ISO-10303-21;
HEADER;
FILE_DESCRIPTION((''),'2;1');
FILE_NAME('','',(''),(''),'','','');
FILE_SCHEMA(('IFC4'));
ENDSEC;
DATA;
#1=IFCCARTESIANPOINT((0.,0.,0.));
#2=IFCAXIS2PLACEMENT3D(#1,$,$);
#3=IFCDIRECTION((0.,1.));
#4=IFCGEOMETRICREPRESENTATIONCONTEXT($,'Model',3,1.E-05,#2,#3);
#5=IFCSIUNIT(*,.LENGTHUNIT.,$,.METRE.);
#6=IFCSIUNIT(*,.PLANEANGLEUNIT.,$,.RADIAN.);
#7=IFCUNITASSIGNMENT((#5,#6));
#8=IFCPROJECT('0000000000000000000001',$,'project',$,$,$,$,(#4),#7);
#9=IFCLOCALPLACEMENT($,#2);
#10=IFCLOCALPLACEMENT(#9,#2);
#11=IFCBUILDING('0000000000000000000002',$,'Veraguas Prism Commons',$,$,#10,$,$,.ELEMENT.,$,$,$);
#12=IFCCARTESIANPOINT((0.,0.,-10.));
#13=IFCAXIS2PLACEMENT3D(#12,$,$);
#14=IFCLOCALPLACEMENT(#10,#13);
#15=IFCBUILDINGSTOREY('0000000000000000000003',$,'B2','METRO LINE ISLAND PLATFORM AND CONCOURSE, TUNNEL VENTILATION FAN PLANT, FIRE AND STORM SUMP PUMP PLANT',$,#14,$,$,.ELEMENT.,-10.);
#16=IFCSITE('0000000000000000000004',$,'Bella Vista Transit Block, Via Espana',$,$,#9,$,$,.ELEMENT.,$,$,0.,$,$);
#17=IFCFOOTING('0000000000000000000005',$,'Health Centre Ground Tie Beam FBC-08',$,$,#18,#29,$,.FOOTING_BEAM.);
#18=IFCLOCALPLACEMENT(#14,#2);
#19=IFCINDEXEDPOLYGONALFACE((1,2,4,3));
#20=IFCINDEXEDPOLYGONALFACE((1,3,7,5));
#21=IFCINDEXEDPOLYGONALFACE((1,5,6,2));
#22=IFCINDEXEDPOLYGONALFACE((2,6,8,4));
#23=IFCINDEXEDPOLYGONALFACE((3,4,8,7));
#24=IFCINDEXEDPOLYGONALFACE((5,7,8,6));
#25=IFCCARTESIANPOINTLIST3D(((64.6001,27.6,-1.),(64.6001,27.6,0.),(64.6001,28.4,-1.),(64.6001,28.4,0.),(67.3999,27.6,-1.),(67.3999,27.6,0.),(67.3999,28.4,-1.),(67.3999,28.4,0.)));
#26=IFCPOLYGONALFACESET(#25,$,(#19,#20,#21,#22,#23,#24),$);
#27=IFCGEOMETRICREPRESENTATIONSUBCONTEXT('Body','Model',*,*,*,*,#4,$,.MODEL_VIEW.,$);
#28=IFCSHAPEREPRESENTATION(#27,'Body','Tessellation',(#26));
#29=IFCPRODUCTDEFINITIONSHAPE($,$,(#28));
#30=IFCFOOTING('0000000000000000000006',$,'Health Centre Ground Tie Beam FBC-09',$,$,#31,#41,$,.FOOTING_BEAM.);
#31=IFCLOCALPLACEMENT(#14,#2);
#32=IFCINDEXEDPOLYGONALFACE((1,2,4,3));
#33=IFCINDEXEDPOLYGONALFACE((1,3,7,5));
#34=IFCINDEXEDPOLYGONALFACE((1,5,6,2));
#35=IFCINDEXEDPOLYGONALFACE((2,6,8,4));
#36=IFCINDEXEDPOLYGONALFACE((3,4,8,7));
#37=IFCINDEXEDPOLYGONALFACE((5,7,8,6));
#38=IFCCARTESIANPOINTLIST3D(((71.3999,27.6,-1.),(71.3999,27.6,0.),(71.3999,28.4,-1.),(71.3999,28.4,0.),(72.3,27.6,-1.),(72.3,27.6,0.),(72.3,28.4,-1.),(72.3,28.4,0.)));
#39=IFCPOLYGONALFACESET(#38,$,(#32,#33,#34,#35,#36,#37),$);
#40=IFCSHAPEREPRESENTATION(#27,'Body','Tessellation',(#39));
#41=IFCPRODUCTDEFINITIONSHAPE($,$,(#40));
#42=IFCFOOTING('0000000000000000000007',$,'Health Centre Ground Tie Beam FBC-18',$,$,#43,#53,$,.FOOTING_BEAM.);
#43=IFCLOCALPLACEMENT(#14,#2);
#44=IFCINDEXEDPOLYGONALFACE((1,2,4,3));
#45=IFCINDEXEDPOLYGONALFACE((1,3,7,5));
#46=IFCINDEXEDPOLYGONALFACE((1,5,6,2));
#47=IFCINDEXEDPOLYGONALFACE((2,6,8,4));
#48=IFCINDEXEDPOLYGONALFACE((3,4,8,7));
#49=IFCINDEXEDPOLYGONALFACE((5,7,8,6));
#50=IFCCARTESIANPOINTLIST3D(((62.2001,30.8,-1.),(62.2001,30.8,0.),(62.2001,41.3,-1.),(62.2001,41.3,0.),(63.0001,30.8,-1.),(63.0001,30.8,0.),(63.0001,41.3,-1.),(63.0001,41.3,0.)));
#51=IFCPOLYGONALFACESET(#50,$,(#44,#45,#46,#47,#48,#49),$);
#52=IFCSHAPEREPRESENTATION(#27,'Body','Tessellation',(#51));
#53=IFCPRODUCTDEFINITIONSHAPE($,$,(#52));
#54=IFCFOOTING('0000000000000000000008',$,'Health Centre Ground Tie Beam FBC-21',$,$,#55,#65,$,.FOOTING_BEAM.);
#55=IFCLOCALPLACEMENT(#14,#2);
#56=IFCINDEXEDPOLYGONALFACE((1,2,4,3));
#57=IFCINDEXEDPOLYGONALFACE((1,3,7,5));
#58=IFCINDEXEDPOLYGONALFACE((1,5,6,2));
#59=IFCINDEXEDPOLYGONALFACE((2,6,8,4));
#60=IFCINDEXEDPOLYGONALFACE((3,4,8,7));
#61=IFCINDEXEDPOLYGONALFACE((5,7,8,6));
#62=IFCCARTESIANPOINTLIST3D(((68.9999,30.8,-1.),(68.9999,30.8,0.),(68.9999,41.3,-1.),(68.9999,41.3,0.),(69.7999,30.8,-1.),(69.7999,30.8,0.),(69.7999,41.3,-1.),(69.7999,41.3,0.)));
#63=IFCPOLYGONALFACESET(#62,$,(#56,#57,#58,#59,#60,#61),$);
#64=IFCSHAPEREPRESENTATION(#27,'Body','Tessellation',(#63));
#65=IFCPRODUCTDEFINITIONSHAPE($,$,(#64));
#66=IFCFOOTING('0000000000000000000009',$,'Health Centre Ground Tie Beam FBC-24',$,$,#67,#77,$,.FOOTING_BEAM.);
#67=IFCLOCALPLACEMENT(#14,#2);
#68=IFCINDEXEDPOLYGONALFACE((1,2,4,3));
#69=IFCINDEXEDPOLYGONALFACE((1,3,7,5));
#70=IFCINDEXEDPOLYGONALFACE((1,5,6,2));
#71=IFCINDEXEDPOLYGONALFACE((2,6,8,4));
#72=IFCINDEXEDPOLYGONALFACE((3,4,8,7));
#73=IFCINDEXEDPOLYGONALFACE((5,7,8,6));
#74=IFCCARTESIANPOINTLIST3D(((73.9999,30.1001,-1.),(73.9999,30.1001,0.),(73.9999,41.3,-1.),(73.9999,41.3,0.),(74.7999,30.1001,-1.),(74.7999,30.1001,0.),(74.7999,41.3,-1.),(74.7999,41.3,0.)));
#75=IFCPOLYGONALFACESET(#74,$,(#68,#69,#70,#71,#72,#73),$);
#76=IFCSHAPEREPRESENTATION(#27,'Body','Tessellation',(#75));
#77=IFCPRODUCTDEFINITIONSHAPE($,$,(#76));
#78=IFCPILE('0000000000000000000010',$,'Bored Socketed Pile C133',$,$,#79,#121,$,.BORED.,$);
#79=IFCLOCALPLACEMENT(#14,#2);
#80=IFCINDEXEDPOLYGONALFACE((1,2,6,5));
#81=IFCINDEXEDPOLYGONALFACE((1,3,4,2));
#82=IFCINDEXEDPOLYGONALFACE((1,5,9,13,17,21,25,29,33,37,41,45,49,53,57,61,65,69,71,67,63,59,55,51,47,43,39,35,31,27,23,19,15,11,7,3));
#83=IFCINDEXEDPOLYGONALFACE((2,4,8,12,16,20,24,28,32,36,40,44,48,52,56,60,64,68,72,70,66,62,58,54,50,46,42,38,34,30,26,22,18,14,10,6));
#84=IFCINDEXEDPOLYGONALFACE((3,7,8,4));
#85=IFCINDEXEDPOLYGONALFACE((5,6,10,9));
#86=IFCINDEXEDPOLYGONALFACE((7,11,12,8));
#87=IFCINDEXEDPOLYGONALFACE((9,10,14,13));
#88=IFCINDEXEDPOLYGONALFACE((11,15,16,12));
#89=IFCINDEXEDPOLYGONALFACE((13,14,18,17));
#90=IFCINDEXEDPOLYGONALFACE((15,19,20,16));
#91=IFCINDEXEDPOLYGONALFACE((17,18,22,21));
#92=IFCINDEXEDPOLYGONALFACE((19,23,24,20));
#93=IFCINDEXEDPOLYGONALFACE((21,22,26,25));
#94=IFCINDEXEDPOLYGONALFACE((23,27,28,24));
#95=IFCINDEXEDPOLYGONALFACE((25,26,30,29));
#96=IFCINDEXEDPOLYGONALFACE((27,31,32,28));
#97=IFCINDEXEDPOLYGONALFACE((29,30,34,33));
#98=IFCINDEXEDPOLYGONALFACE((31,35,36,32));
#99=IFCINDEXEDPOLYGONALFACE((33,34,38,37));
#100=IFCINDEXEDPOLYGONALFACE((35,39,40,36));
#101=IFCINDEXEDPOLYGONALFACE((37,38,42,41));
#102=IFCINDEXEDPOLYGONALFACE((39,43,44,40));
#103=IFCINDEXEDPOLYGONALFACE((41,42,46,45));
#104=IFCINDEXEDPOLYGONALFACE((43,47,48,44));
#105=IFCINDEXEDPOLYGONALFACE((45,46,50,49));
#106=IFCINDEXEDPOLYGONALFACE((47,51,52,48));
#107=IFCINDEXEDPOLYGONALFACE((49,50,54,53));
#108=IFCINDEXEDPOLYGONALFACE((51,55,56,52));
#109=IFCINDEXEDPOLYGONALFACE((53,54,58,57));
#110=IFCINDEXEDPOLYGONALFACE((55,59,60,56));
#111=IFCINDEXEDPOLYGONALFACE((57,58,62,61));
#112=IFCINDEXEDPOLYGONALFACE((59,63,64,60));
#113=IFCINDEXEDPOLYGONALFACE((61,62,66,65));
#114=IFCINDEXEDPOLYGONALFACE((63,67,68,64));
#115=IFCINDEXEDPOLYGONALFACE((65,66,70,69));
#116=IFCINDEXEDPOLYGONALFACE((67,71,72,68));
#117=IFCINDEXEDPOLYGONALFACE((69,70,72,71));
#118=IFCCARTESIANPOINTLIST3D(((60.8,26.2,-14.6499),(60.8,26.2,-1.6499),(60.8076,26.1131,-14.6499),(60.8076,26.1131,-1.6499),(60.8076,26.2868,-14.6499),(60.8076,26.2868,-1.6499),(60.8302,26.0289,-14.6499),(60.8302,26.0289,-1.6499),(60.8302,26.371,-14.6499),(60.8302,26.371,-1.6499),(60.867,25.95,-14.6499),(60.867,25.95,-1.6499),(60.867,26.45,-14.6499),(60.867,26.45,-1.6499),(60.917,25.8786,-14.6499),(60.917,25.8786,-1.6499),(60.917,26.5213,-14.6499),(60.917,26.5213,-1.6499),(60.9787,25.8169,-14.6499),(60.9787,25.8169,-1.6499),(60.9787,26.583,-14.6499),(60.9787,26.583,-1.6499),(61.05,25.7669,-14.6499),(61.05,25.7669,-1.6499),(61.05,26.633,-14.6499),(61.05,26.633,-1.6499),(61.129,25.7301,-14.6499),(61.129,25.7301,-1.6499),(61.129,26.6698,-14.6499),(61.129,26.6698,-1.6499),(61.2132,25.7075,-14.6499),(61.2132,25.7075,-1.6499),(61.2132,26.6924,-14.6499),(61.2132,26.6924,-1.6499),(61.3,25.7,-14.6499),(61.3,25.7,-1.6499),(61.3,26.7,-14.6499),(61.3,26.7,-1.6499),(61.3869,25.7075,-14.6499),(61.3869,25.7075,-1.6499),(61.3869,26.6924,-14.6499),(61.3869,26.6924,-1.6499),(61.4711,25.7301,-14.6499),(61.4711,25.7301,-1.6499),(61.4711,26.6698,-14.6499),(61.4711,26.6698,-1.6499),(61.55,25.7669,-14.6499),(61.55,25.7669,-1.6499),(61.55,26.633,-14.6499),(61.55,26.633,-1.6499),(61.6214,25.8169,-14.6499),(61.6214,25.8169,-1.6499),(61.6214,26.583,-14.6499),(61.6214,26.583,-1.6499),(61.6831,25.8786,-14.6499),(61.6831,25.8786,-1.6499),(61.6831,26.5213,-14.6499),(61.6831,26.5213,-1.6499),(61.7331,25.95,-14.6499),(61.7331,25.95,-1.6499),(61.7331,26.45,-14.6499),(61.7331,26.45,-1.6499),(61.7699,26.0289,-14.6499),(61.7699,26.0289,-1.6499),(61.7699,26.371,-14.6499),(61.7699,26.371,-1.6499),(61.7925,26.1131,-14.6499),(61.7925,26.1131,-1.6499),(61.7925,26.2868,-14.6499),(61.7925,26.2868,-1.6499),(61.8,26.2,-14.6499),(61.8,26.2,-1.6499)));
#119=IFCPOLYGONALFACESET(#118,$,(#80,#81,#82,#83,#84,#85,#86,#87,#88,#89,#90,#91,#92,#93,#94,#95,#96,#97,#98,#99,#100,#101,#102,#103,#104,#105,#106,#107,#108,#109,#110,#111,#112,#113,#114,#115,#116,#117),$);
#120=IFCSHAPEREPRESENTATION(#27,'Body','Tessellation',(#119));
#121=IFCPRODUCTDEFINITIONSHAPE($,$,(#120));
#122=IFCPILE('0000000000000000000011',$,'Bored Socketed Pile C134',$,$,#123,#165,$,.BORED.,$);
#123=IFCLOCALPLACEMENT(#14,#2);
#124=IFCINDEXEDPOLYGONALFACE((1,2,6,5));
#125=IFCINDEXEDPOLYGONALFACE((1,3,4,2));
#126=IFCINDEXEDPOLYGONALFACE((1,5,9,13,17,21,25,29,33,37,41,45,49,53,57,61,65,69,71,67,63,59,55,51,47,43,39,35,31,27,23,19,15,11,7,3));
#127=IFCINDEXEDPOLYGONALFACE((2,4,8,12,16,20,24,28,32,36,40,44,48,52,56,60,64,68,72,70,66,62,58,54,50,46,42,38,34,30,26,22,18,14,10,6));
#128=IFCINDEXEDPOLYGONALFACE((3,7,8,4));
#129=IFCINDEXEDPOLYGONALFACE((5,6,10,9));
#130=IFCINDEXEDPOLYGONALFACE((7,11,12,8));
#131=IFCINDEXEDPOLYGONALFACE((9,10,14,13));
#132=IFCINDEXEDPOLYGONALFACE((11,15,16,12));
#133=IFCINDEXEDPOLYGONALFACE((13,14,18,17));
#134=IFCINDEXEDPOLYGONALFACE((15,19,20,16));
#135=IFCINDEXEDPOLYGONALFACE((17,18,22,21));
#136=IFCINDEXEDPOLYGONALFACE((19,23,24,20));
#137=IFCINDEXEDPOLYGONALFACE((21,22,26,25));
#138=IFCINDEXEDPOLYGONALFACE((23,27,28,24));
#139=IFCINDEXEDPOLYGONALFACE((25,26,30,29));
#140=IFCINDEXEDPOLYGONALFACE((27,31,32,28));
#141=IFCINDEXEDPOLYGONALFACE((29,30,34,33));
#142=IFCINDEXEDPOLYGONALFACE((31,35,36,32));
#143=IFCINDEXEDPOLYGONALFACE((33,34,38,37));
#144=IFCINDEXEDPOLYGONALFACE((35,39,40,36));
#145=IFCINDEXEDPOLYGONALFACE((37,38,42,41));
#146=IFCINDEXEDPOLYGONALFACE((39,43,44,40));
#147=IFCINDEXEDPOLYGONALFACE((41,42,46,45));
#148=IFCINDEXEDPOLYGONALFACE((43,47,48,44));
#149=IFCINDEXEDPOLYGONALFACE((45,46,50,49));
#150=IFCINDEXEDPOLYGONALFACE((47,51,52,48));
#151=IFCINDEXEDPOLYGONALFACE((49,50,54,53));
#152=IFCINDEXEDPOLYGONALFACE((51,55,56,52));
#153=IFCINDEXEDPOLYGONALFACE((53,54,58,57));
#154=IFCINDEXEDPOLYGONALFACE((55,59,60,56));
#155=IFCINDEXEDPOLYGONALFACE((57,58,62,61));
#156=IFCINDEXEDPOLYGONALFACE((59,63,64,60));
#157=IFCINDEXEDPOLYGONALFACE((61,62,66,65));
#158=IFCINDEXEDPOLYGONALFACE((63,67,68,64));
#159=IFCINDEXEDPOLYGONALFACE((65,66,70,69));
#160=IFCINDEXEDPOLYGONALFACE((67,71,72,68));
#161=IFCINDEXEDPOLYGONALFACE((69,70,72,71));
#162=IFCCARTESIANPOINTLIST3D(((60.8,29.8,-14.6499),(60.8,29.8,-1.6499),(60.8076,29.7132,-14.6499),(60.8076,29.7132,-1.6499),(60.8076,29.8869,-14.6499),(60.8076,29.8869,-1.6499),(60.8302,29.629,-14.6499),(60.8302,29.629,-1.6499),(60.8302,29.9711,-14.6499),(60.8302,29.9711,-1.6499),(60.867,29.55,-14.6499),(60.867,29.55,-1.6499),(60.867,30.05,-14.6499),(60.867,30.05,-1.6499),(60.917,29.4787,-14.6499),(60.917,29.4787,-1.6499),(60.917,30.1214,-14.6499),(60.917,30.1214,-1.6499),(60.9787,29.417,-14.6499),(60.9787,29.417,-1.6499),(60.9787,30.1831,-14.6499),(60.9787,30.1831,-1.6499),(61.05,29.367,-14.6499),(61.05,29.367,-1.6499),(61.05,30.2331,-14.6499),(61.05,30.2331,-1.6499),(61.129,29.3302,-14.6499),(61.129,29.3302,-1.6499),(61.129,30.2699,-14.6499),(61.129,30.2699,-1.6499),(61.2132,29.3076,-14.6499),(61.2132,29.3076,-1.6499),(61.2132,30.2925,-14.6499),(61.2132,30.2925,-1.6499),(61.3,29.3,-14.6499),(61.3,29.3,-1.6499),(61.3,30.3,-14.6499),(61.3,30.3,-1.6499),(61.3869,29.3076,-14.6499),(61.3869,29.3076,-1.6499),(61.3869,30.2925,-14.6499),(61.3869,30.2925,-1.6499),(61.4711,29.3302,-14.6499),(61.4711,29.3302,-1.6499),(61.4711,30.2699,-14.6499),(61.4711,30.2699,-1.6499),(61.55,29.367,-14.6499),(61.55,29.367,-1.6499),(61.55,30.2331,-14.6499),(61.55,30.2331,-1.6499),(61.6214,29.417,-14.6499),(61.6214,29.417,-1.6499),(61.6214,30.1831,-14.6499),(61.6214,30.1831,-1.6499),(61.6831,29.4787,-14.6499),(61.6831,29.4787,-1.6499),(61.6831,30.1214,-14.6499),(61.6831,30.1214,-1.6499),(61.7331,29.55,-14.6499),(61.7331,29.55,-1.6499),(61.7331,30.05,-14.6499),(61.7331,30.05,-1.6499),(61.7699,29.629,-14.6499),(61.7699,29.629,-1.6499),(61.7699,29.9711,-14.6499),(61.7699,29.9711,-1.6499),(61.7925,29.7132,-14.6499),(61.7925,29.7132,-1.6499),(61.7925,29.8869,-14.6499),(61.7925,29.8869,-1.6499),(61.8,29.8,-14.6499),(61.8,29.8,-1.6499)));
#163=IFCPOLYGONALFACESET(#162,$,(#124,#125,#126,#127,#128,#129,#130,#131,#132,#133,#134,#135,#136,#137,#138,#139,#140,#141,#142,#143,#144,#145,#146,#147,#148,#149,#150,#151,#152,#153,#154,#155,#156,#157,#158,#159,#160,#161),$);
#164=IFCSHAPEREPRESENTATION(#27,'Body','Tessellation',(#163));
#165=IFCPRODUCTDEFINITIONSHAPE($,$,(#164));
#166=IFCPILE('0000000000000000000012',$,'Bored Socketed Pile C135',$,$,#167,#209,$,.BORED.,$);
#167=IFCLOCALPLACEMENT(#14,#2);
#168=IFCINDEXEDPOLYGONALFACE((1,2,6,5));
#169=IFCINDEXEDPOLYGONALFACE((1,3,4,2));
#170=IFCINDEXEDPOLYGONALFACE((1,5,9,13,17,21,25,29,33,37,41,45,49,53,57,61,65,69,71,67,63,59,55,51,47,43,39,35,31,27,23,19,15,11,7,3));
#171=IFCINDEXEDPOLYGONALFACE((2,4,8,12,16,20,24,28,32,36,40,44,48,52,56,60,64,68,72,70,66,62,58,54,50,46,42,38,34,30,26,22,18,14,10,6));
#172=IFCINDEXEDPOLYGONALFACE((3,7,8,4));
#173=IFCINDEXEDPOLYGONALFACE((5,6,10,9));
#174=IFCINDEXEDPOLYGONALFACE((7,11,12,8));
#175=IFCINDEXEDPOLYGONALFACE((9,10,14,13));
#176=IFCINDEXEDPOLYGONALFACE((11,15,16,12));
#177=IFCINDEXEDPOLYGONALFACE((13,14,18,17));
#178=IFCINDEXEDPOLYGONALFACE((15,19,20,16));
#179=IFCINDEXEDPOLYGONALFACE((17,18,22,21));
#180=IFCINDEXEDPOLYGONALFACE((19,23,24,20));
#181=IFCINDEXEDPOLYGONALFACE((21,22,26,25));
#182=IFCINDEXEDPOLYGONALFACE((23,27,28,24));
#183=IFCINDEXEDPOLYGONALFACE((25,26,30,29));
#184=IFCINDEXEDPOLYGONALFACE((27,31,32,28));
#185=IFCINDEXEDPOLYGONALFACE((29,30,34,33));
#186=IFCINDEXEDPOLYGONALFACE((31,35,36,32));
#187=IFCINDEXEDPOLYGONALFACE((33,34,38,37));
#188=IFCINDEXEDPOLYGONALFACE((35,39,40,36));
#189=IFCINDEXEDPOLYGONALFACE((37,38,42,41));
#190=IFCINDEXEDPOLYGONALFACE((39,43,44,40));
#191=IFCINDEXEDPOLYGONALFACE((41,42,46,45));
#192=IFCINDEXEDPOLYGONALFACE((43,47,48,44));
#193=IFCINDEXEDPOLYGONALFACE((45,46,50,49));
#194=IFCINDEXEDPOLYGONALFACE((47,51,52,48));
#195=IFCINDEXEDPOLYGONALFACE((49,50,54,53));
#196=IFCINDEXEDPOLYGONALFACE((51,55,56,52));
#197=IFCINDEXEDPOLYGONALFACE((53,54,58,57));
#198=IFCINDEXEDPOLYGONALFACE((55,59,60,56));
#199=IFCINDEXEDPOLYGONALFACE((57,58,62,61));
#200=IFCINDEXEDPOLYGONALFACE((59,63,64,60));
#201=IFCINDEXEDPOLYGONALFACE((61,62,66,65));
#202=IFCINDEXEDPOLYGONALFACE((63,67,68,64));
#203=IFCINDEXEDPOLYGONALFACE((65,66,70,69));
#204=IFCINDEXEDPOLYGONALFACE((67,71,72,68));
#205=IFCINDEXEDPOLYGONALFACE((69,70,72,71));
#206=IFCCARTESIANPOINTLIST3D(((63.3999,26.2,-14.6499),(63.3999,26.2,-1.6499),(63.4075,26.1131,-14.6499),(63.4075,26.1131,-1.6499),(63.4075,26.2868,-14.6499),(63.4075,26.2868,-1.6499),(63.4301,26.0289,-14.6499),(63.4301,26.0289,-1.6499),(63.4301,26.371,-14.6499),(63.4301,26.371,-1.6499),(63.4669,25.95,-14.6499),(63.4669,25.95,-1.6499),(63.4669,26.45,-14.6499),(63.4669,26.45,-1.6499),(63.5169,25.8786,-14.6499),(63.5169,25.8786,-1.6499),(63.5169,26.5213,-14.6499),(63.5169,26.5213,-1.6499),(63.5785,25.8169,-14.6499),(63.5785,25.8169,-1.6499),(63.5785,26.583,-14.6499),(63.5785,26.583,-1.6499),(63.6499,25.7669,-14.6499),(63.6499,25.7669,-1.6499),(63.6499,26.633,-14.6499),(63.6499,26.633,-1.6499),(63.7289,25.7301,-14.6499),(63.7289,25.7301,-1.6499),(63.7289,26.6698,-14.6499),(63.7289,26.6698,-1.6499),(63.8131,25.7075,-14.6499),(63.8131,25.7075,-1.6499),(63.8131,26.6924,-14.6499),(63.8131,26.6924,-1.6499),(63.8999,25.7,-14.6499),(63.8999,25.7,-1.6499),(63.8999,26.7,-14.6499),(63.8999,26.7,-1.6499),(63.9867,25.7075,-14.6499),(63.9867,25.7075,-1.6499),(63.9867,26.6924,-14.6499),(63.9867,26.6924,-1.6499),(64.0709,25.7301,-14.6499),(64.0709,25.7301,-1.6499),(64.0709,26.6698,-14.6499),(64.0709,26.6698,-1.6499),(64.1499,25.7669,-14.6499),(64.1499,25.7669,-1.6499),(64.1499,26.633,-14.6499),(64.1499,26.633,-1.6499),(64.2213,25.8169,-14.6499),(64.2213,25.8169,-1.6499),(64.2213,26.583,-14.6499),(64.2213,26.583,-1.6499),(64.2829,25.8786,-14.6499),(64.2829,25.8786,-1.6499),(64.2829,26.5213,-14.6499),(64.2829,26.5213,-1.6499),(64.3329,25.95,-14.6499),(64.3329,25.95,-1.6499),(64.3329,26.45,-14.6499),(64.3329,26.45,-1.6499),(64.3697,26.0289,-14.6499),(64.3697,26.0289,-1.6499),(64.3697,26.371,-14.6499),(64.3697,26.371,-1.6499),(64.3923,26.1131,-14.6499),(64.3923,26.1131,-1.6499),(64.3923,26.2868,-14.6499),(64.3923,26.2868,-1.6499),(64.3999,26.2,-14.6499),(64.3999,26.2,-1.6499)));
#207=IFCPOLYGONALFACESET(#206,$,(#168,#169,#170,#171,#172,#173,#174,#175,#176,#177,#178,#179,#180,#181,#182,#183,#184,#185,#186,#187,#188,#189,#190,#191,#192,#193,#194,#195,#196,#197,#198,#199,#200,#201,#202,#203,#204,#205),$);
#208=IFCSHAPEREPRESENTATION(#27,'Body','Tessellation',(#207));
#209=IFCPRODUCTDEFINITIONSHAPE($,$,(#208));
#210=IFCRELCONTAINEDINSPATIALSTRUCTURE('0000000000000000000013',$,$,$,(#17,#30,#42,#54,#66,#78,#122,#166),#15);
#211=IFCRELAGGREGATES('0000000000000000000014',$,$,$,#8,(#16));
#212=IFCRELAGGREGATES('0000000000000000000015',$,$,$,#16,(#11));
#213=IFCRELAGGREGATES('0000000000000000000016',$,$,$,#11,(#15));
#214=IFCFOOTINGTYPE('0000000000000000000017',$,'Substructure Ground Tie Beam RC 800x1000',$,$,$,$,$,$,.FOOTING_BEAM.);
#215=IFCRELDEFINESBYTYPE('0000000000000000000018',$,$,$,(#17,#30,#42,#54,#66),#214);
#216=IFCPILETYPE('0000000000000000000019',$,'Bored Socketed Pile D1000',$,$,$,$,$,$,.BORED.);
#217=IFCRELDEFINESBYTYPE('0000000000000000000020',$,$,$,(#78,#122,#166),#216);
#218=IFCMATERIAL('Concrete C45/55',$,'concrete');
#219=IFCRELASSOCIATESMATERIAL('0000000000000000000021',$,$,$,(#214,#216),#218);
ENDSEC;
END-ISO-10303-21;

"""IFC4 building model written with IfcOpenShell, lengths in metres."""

from ifc_helpers import new_model, si_unit, direction, frame, origin, origin_2d, place, context, subcontext, project, spatial, rectangle, circle, extrude, source, transform, mapped, material, material_profile, profile_set, type_object, element, save


model = new_model("IFC4")

# Units and contexts
model_context = context("Model", 3, precision=1e-05, world=origin(), true_north=direction((0.0, 1.0)))
body_context = subcontext(model_context, "Body", "Model", "MODEL_VIEW")
ifc_project = project(units=[si_unit("LENGTHUNIT", "METRE"), si_unit("PLANEANGLEUNIT", "RADIAN")], contexts=[model_context])

# Site, building, storey
site_placement = place(None, origin())
site = spatial("IfcSite", under=ifc_project, at=site_placement, Name="Bella Vista Transit Block, Via Espana", CompositionType="ELEMENT", RefElevation=0.0)
building_placement = place(site_placement, origin())
building = spatial("IfcBuilding", under=site, at=building_placement, Name="Veraguas Prism Commons", CompositionType="ELEMENT")
storey_placement = place(building_placement, frame((0.0, 0.0, -10.0)))
storey = spatial("IfcBuildingStorey", under=building, at=storey_placement, Name="B2", Description="METRO LINE ISLAND PLATFORM AND CONCOURSE, TUNNEL VENTILATION FAN PLANT, FIRE AND STORM SUMP PUMP PLANT", CompositionType="ELEMENT", Elevation=-10.0)

# Footings
ifc_material_1 = material(Name="Concrete C45/55", Category="concrete")
ifc_material_profile_1 = material_profile(ifc_material_1, rectangle(XDim=0.8, YDim=1.0, at=origin_2d()), Name="RC800X1000")
ifc_profile_set_1 = profile_set([ifc_material_profile_1], Name="Concrete C45/55")
footing_type_1 = type_object("IfcFootingType", Name="Substructure Ground Tie Beam RC 800x1000", PredefinedType="FOOTING_BEAM", material=ifc_profile_set_1)
footing_1_placement = place(storey_placement, frame((64.6001, 28.0, -0.5), z_axis=(1.0, 0.0, 0.0), x_axis=(0.0, 1.0, 0.0)))
element("IfcFooting", 1, at=footing_1_placement, inside=storey, type_object=footing_type_1, Name="Health Centre Ground Tie Beam FBC-08", PredefinedType="FOOTING_BEAM", context=body_context, shape_type="SweptSolid", body=[
    extrude(rectangle(XDim=0.8, YDim=1.0, at=origin_2d()), origin(), (0.0, 0.0, 1.0), 2.7998),
])
footing_2_placement = place(storey_placement, frame((71.3999, 28.0, -0.5), z_axis=(1.0, 0.0, 0.0), x_axis=(0.0, 1.0, 0.0)))
element("IfcFooting", 2, at=footing_2_placement, inside=storey, type_object=footing_type_1, Name="Health Centre Ground Tie Beam FBC-09", PredefinedType="FOOTING_BEAM", context=body_context, shape_type="SweptSolid", body=[
    extrude(rectangle(XDim=0.8, YDim=1.0, at=origin_2d()), origin(), (0.0, 0.0, 1.0), 0.9001),
])
for number, where, z_axis, x_axis, name in (
    (3, (62.6001, 30.8, -0.5), (0.0, 1.0, 0.0), (-1.0, 0.0, 0.0), "Health Centre Ground Tie Beam FBC-18"),
    (4, (69.3999, 30.8, -0.5), (0.0, 1.0, 0.0), (-1.0, 0.0, 0.0), "Health Centre Ground Tie Beam FBC-21"),
):
    element("IfcFooting", number, at=place(storey_placement, frame(where, z_axis=z_axis, x_axis=x_axis)), inside=storey, type_object=footing_type_1, Name=name, PredefinedType="FOOTING_BEAM", context=body_context, shape_type="SweptSolid", body=[
        extrude(rectangle(XDim=0.8, YDim=1.0, at=origin_2d()), origin(), (0.0, 0.0, 1.0), 10.5),
    ])
footing_3_placement = place(storey_placement, frame((74.3999, 30.1001, -0.5), z_axis=(0.0, 1.0, 0.0), x_axis=(-1.0, 0.0, 0.0)))
element("IfcFooting", 5, at=footing_3_placement, inside=storey, type_object=footing_type_1, Name="Health Centre Ground Tie Beam FBC-24", PredefinedType="FOOTING_BEAM", context=body_context, shape_type="SweptSolid", body=[
    extrude(rectangle(XDim=0.8, YDim=1.0, at=origin_2d()), origin(), (0.0, 0.0, 1.0), 11.2),
])

# Piles
ifc_material_profile_2 = material_profile(ifc_material_1, circle(Radius=0.5, at=origin_2d()), Name="PILE1000")
ifc_profile_set_2 = profile_set([ifc_material_profile_2], Name="Concrete C45/55")
pile_type = type_object("IfcPileType", Name="Bored Socketed Pile D1000", PredefinedType="BORED", material=ifc_profile_set_2)
shared_shape_1 = source(origin(), body_context, "Body", "SweptSolid", [
    extrude(circle(Radius=0.5, at=origin_2d()), origin(), (0.0, 0.0, 1.0), 13.0),
])
for number, where, z_axis, x_axis, name in (
    (6, (61.3, 26.2, -1.6499), (0.0, 0.0, -1.0), (1.0, 0.0, 0.0), "Bored Socketed Pile C133"),
    (7, (61.3, 29.8, -1.6499), (0.0, 0.0, -1.0), (1.0, 0.0, 0.0), "Bored Socketed Pile C134"),
    (8, (63.8999, 26.2, -1.6499), (0.0, 0.0, -1.0), (1.0, 0.0, 0.0), "Bored Socketed Pile C135"),
):
    element("IfcPile", number, at=place(storey_placement, frame(where, z_axis=z_axis, x_axis=x_axis)), inside=storey, type_object=pile_type, Name=name, PredefinedType="BORED", context=body_context, shape_type="MappedRepresentation", body=[
        mapped(shared_shape_1, transform((0.0, 0.0, 0.0), scale=1.0)),
    ])

save(model, "model.ifc")
